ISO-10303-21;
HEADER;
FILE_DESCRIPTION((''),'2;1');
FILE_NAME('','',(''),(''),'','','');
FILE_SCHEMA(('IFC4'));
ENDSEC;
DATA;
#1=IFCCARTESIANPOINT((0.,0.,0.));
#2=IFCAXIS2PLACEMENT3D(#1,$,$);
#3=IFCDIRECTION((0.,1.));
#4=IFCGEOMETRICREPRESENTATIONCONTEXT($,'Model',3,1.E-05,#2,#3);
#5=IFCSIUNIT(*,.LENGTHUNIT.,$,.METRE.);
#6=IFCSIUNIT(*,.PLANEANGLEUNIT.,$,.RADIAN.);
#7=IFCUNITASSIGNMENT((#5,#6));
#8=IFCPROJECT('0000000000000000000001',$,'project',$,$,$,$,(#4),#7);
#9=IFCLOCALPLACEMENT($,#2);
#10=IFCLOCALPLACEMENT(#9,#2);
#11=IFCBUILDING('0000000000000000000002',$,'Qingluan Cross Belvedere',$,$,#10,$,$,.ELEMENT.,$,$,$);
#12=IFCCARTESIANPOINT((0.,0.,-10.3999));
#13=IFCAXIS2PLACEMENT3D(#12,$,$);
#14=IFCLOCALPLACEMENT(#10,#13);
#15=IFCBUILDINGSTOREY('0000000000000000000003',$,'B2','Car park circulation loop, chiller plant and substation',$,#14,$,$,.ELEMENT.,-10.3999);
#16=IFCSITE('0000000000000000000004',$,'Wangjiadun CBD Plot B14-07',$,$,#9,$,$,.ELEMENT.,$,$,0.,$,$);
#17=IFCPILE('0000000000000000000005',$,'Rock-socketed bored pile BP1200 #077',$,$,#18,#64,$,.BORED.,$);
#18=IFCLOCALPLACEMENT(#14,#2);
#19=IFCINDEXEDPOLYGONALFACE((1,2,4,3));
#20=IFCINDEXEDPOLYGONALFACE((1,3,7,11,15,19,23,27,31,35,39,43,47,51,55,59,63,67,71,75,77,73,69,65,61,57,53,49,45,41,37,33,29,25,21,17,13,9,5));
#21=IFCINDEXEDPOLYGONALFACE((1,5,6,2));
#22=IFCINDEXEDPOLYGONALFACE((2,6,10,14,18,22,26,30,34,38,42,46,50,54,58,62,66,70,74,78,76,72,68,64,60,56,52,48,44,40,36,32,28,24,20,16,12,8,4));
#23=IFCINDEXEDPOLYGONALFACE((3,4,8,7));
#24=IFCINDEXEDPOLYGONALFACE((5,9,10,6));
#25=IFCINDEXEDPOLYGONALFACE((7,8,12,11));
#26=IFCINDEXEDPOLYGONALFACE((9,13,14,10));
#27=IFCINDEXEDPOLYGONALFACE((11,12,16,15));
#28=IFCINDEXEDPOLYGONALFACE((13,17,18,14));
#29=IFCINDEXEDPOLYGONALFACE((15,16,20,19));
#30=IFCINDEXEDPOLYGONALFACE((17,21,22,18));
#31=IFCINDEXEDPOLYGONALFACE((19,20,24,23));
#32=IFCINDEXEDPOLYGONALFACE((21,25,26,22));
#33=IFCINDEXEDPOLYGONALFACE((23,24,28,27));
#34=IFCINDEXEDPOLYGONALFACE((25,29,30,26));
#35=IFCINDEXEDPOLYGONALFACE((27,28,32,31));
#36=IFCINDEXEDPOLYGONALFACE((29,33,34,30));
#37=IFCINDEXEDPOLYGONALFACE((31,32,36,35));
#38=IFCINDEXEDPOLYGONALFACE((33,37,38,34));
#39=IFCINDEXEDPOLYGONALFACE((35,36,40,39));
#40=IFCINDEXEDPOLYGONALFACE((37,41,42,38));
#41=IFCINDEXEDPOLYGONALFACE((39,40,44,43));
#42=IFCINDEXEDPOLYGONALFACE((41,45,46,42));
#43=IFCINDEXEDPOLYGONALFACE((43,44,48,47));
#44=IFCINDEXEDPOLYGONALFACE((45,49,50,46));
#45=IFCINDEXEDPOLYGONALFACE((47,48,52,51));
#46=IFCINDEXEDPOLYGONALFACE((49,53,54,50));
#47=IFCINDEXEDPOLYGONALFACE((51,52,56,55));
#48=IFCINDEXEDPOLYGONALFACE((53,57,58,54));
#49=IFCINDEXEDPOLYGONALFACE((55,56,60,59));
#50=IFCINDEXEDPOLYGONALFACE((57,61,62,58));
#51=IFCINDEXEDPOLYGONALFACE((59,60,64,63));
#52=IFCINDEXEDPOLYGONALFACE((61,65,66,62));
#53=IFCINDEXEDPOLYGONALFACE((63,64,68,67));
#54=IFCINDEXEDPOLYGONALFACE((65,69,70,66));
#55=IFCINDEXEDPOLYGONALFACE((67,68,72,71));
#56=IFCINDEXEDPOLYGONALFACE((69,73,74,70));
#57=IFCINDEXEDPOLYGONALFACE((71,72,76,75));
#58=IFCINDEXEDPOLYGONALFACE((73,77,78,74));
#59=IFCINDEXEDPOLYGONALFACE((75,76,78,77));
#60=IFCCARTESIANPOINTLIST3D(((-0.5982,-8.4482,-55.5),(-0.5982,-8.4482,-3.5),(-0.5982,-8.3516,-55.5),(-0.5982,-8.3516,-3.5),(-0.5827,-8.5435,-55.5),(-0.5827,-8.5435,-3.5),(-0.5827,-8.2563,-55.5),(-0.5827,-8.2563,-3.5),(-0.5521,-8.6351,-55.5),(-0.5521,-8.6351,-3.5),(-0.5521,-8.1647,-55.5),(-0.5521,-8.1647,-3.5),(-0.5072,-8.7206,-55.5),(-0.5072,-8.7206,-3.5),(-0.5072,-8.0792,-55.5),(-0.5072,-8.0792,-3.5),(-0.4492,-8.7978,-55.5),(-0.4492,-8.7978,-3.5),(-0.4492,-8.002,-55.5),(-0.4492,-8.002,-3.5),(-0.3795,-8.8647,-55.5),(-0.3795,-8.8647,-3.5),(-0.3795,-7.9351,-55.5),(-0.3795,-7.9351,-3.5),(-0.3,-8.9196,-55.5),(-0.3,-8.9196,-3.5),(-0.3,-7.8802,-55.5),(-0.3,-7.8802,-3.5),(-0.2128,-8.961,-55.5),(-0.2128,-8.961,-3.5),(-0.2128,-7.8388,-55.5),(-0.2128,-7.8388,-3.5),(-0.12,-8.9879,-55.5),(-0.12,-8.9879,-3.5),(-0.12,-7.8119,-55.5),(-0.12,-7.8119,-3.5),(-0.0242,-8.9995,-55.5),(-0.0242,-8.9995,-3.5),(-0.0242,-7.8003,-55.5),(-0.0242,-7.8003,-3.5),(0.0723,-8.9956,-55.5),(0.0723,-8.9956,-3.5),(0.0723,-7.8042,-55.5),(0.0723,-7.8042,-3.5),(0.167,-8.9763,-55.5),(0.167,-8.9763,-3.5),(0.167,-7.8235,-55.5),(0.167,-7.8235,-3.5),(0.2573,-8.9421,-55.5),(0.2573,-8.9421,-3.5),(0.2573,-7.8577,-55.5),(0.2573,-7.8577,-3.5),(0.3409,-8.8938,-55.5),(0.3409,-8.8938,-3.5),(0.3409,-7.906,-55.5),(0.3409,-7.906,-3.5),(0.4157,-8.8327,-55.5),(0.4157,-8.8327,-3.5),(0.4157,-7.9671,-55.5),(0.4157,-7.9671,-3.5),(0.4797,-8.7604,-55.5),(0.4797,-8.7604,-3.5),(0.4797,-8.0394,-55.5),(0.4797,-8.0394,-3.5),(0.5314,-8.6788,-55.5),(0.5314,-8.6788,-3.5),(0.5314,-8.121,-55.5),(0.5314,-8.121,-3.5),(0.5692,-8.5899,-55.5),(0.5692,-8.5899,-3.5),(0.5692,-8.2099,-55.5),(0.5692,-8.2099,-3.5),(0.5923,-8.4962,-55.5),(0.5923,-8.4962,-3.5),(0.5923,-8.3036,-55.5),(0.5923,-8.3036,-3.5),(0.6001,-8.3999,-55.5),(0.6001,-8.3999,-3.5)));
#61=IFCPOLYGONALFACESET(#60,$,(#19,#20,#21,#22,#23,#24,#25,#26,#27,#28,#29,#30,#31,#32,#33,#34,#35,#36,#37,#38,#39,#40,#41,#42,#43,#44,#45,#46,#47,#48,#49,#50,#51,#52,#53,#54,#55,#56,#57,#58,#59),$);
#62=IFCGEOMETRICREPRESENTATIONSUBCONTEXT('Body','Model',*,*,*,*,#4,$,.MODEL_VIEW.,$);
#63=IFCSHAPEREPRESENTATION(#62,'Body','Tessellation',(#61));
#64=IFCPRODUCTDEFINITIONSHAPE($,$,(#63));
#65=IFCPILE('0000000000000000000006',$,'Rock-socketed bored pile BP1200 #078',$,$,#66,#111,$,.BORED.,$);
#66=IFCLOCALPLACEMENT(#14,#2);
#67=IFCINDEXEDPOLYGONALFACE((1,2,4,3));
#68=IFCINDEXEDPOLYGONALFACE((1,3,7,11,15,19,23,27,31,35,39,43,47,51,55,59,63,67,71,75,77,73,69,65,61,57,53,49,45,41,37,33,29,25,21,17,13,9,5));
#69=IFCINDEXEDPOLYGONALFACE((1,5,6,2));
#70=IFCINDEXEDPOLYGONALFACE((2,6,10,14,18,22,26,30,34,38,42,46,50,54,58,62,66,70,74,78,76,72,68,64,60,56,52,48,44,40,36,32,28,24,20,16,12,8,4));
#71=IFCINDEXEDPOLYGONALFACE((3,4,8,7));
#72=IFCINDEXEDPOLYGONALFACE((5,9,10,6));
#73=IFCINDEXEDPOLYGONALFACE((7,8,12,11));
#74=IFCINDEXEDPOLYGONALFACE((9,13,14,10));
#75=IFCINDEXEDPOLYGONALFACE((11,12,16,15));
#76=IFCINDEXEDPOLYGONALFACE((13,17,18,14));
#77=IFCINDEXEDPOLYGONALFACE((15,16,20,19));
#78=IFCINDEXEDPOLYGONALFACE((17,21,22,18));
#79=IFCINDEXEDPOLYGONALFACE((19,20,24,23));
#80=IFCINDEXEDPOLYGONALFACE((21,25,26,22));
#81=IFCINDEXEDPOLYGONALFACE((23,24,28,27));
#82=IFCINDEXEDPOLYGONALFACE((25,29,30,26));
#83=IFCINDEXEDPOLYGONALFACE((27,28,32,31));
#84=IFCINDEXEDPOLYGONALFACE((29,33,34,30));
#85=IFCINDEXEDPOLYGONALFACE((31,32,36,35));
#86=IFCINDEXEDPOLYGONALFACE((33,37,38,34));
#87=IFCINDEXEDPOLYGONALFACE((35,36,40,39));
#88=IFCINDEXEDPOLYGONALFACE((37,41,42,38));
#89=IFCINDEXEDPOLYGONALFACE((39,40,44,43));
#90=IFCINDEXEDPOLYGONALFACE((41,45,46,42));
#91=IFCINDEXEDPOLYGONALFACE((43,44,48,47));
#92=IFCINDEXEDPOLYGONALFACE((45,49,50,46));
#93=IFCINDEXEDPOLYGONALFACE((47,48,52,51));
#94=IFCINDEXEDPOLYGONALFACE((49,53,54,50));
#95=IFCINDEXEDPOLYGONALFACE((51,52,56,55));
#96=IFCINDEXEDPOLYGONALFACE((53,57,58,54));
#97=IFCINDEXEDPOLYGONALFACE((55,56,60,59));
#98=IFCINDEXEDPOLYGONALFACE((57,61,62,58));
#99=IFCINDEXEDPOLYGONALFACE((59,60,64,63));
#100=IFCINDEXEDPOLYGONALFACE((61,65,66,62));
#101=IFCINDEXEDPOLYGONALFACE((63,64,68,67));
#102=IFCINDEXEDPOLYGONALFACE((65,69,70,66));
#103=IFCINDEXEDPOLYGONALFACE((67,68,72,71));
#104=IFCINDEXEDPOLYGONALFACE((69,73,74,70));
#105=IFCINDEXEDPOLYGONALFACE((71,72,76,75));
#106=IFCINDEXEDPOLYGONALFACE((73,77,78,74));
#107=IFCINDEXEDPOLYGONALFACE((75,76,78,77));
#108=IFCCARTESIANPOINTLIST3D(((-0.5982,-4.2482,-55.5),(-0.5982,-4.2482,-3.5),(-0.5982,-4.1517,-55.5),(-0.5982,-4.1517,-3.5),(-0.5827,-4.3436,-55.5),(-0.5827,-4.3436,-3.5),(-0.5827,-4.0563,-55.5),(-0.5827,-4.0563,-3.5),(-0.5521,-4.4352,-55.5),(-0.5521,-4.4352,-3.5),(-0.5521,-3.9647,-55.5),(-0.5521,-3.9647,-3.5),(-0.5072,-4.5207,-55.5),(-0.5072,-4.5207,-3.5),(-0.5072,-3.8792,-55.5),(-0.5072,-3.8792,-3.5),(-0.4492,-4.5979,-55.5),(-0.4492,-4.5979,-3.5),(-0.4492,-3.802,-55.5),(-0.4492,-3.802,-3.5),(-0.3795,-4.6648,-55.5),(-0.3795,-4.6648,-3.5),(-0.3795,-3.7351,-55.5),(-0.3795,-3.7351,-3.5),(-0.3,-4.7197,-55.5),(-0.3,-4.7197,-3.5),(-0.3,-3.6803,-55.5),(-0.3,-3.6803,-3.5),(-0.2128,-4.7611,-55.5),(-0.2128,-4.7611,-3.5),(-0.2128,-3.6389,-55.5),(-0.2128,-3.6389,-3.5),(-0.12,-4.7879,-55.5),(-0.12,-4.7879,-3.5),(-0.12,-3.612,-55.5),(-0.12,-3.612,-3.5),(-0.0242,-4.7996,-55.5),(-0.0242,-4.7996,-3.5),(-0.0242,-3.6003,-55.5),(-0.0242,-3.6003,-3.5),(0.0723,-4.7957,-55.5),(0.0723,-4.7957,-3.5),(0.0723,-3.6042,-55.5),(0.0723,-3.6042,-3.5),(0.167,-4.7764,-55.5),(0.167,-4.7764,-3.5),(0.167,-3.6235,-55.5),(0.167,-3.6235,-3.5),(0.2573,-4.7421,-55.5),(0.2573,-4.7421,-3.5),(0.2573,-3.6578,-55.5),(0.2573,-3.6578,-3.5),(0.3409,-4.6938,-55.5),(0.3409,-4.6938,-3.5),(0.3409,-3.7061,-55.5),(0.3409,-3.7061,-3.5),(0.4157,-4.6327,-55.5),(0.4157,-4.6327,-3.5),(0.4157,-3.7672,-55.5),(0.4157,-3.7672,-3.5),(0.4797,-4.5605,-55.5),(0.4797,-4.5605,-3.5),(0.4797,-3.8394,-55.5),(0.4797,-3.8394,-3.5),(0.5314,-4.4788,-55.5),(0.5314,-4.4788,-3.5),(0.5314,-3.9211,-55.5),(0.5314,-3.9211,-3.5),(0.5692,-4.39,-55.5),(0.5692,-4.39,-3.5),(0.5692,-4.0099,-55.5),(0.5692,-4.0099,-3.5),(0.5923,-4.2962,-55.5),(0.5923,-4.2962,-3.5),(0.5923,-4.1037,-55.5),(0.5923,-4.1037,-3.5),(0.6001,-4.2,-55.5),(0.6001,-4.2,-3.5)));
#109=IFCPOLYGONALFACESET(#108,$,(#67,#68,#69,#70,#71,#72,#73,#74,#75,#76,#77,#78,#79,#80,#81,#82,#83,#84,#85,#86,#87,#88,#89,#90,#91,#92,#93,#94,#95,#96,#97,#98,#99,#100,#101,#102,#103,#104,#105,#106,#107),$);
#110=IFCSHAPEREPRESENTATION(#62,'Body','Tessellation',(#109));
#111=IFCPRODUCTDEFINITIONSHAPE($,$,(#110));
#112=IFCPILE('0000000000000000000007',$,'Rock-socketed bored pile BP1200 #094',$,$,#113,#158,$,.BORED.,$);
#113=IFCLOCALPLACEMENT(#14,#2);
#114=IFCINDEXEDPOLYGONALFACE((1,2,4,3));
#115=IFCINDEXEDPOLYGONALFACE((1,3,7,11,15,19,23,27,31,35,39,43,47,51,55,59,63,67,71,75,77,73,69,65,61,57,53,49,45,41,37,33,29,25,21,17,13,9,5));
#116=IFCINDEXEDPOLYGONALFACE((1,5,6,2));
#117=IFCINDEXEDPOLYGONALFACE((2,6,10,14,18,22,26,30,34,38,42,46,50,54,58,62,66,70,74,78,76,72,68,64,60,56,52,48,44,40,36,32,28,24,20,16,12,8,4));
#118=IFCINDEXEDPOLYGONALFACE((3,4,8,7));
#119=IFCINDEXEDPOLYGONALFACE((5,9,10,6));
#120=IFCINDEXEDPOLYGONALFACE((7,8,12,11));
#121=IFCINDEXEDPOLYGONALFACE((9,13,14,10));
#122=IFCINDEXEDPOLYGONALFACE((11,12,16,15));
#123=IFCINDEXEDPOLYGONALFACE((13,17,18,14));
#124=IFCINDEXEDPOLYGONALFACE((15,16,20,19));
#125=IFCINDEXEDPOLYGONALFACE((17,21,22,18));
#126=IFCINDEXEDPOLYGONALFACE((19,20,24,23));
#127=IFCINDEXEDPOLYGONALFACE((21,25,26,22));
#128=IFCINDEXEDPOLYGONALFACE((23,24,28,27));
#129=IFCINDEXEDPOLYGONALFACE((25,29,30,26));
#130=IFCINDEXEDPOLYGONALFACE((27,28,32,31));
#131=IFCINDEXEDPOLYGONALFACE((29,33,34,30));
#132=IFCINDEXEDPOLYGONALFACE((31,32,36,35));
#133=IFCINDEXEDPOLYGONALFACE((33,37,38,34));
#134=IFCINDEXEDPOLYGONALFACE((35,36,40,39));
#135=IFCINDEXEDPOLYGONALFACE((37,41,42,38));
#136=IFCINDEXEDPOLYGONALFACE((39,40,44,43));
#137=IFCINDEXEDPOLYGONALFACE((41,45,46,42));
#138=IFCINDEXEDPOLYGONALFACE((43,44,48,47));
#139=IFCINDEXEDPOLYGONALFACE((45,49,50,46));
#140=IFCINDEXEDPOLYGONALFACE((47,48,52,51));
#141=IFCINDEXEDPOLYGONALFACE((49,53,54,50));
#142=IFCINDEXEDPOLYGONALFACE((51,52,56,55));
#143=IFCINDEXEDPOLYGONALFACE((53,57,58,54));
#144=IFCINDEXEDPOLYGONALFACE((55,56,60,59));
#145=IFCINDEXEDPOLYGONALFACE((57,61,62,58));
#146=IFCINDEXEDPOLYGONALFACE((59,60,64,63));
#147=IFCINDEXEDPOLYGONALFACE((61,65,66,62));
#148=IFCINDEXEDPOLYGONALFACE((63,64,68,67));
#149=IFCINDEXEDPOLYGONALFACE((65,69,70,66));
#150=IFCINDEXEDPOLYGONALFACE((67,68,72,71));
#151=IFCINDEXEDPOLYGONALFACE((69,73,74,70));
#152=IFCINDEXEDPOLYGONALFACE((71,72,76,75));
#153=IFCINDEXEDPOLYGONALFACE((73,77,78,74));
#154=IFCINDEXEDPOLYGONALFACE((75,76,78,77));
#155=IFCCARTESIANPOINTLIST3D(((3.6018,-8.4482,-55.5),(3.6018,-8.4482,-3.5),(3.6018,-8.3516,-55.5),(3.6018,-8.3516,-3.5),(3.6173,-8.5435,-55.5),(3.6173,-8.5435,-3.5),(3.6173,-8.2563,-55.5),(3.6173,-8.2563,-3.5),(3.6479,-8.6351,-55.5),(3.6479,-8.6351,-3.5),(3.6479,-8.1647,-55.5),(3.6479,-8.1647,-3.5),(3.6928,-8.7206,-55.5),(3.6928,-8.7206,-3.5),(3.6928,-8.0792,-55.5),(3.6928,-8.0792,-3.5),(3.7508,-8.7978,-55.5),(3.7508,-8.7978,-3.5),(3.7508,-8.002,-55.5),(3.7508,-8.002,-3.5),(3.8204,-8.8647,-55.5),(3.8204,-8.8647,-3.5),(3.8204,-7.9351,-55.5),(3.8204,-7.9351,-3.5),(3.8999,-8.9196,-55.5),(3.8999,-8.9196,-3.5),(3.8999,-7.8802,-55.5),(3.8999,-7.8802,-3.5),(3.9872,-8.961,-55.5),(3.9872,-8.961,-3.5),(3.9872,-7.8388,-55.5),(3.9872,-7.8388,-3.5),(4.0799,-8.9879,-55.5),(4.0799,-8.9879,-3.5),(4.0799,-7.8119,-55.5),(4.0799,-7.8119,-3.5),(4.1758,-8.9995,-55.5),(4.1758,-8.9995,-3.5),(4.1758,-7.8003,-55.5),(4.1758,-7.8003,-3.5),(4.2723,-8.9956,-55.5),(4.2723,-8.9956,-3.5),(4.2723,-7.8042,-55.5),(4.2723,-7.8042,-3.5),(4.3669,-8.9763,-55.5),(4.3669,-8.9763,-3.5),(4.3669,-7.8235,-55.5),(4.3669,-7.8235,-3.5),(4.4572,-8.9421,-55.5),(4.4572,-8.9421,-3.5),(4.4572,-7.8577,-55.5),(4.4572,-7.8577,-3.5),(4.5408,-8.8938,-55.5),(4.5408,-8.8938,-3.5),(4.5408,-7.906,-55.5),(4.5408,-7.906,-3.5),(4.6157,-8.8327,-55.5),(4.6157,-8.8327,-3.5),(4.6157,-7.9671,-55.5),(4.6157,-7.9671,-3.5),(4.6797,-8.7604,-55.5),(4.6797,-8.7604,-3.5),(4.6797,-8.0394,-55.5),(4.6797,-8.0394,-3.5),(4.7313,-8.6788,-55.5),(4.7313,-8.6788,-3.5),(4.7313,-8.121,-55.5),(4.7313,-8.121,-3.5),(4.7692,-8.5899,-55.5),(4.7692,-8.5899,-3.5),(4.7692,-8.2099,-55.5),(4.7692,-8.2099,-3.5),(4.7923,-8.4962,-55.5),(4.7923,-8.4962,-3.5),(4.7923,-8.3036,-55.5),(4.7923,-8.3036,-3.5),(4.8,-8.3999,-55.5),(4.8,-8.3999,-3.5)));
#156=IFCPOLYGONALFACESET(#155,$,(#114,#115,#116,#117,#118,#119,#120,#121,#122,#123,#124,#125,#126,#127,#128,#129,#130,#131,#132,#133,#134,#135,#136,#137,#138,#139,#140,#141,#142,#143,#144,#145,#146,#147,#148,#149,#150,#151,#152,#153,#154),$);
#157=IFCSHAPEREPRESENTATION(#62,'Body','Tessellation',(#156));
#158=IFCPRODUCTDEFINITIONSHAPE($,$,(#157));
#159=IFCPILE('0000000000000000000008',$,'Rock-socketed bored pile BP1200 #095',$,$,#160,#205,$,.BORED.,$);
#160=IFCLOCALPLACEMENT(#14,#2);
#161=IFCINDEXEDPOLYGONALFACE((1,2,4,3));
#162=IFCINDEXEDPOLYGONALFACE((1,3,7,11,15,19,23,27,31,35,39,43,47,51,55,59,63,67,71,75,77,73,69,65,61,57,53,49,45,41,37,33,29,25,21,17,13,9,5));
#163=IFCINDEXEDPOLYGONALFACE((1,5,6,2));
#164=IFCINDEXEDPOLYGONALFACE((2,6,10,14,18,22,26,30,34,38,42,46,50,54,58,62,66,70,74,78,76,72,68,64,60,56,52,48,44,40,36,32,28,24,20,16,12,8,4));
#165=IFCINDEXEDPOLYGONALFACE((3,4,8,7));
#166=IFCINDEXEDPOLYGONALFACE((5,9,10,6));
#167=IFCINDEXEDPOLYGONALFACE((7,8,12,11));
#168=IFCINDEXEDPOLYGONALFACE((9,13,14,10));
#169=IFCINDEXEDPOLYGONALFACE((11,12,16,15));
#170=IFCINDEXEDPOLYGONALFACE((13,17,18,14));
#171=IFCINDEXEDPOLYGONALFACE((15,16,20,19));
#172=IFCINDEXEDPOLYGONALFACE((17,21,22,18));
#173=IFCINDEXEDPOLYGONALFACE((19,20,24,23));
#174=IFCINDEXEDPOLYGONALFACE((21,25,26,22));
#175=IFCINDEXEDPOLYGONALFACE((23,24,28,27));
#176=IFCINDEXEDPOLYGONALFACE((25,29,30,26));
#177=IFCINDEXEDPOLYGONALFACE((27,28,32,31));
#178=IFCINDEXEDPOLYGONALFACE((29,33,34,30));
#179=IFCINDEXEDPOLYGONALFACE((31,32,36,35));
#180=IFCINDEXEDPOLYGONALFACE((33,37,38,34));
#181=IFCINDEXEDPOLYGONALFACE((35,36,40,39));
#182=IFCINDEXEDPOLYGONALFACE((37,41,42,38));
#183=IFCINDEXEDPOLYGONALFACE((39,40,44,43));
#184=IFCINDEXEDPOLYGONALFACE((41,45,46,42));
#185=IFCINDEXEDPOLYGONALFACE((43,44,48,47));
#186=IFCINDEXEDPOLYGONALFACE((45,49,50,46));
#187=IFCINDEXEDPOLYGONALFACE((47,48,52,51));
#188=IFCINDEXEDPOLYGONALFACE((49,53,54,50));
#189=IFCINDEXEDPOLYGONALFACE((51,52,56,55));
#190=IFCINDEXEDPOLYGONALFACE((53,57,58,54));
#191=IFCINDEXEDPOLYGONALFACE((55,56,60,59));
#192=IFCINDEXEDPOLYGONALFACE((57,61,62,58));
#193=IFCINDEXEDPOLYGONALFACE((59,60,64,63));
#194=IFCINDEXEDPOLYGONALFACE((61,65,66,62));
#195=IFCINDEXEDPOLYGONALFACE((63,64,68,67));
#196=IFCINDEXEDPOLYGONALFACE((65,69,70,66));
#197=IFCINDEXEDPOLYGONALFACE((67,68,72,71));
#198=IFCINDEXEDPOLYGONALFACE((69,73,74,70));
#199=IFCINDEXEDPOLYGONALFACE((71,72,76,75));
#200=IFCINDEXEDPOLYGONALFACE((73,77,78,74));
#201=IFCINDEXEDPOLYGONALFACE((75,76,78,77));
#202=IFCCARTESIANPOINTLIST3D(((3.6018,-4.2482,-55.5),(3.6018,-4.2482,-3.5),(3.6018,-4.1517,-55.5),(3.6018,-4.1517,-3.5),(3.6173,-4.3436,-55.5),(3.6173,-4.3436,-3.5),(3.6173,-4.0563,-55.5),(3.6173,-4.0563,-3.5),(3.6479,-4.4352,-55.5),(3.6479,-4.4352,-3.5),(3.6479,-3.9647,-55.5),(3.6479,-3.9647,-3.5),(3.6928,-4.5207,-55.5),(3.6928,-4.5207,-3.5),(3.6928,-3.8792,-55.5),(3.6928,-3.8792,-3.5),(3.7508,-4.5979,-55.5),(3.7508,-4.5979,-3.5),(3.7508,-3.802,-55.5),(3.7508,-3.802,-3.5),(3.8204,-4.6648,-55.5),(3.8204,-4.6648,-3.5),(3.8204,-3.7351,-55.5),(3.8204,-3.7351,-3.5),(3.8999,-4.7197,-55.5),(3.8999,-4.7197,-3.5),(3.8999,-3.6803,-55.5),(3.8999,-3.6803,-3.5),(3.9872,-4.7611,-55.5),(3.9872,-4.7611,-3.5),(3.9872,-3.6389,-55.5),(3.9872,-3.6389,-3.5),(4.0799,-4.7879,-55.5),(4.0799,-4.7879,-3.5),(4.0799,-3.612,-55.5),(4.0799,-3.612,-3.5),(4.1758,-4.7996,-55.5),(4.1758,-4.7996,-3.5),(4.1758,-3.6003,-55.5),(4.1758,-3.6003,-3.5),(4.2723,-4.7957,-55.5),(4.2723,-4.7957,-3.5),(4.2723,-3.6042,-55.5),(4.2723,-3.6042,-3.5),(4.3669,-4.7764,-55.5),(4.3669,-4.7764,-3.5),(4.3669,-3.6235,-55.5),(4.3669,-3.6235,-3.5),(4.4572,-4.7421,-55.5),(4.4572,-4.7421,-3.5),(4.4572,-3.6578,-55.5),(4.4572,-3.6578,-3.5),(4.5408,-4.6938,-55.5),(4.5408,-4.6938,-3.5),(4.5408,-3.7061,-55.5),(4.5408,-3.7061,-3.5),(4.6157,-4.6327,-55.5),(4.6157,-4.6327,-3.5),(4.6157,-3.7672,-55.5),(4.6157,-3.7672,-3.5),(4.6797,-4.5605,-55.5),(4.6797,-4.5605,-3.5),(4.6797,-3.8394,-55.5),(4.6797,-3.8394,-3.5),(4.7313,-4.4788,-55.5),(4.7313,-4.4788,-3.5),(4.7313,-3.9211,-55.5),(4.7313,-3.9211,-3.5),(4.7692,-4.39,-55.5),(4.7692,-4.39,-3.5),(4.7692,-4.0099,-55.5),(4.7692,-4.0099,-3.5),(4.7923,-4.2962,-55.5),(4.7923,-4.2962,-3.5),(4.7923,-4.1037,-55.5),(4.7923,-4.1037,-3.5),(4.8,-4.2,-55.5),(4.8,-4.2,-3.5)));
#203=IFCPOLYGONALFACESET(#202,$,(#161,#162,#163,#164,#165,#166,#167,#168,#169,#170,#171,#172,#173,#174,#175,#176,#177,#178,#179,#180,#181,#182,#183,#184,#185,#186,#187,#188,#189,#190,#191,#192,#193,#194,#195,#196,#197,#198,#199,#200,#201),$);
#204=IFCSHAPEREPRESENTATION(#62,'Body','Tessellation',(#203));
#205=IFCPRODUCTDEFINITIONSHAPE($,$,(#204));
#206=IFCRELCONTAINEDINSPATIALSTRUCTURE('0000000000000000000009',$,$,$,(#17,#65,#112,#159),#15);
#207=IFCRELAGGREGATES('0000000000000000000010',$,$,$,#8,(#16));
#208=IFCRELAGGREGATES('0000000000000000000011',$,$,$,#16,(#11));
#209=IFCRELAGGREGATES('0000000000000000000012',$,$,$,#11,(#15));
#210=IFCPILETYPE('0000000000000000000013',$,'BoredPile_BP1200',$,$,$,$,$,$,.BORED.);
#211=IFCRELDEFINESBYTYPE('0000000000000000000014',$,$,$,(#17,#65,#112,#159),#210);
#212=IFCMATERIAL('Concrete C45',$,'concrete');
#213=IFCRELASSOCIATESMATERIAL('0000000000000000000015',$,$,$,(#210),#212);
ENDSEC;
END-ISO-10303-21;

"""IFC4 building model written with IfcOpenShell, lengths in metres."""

from ifc_helpers import new_model, si_unit, direction, frame, origin, origin_2d, place, context, subcontext, project, spatial, circle, extrude, material, material_profile, profile_set, type_object, element, save


model = new_model("IFC4")

# Units and contexts
model_context = context("Model", 3, precision=1e-05, world=origin(), true_north=direction((0.0, 1.0)))
body_context = subcontext(model_context, "Body", "Model", "MODEL_VIEW")
ifc_project = project(units=[si_unit("LENGTHUNIT", "METRE"), si_unit("PLANEANGLEUNIT", "RADIAN")], contexts=[model_context])

# Site, building, storey
site_placement = place(None, origin())
site = spatial("IfcSite", under=ifc_project, at=site_placement, Name="Wangjiadun CBD Plot B14-07", CompositionType="ELEMENT", RefElevation=0.0)
building_placement = place(site_placement, origin())
building = spatial("IfcBuilding", under=site, at=building_placement, Name="Qingluan Cross Belvedere", CompositionType="ELEMENT")
storey_placement = place(building_placement, frame((0.0, 0.0, -10.3999)))
storey = spatial("IfcBuildingStorey", under=building, at=storey_placement, Name="B2", Description="Car park circulation loop, chiller plant and substation", CompositionType="ELEMENT", Elevation=-10.3999)

# Piles
ifc_material_1 = material(Name="Concrete C45", Category="concrete")
ifc_material_profile_1 = material_profile(ifc_material_1, circle(Radius=0.6001, at=origin_2d()), Name="BP1200")
ifc_profile_set_1 = profile_set([ifc_material_profile_1], Name="Concrete C45")
pile_type = type_object("IfcPileType", Name="BoredPile_BP1200", PredefinedType="BORED", material=ifc_profile_set_1)
for number, where, z_axis, x_axis, name in (
    (1, (0.0, -8.3999, -3.5), (0.0, 0.0, -1.0), (1.0, 0.0, 0.0), "Rock-socketed bored pile BP1200 #077"),
    (2, (0.0, -4.2, -3.5), (0.0, 0.0, -1.0), (1.0, 0.0, 0.0), "Rock-socketed bored pile BP1200 #078"),
    (3, (4.2, -8.3999, -3.5), (0.0, 0.0, -1.0), (1.0, 0.0, 0.0), "Rock-socketed bored pile BP1200 #094"),
    (4, (4.2, -4.2, -3.5), (0.0, 0.0, -1.0), (1.0, 0.0, 0.0), "Rock-socketed bored pile BP1200 #095"),
):
    element("IfcPile", number, at=place(storey_placement, frame(where, z_axis=z_axis, x_axis=x_axis)), inside=storey, type_object=pile_type, Name=name, PredefinedType="BORED", context=body_context, shape_type="SweptSolid", body=[
        extrude(circle(Radius=0.6001, at=origin_2d()), origin(), (0.0, 0.0, 1.0), 52.0),
    ])

save(model, "model.ifc")
